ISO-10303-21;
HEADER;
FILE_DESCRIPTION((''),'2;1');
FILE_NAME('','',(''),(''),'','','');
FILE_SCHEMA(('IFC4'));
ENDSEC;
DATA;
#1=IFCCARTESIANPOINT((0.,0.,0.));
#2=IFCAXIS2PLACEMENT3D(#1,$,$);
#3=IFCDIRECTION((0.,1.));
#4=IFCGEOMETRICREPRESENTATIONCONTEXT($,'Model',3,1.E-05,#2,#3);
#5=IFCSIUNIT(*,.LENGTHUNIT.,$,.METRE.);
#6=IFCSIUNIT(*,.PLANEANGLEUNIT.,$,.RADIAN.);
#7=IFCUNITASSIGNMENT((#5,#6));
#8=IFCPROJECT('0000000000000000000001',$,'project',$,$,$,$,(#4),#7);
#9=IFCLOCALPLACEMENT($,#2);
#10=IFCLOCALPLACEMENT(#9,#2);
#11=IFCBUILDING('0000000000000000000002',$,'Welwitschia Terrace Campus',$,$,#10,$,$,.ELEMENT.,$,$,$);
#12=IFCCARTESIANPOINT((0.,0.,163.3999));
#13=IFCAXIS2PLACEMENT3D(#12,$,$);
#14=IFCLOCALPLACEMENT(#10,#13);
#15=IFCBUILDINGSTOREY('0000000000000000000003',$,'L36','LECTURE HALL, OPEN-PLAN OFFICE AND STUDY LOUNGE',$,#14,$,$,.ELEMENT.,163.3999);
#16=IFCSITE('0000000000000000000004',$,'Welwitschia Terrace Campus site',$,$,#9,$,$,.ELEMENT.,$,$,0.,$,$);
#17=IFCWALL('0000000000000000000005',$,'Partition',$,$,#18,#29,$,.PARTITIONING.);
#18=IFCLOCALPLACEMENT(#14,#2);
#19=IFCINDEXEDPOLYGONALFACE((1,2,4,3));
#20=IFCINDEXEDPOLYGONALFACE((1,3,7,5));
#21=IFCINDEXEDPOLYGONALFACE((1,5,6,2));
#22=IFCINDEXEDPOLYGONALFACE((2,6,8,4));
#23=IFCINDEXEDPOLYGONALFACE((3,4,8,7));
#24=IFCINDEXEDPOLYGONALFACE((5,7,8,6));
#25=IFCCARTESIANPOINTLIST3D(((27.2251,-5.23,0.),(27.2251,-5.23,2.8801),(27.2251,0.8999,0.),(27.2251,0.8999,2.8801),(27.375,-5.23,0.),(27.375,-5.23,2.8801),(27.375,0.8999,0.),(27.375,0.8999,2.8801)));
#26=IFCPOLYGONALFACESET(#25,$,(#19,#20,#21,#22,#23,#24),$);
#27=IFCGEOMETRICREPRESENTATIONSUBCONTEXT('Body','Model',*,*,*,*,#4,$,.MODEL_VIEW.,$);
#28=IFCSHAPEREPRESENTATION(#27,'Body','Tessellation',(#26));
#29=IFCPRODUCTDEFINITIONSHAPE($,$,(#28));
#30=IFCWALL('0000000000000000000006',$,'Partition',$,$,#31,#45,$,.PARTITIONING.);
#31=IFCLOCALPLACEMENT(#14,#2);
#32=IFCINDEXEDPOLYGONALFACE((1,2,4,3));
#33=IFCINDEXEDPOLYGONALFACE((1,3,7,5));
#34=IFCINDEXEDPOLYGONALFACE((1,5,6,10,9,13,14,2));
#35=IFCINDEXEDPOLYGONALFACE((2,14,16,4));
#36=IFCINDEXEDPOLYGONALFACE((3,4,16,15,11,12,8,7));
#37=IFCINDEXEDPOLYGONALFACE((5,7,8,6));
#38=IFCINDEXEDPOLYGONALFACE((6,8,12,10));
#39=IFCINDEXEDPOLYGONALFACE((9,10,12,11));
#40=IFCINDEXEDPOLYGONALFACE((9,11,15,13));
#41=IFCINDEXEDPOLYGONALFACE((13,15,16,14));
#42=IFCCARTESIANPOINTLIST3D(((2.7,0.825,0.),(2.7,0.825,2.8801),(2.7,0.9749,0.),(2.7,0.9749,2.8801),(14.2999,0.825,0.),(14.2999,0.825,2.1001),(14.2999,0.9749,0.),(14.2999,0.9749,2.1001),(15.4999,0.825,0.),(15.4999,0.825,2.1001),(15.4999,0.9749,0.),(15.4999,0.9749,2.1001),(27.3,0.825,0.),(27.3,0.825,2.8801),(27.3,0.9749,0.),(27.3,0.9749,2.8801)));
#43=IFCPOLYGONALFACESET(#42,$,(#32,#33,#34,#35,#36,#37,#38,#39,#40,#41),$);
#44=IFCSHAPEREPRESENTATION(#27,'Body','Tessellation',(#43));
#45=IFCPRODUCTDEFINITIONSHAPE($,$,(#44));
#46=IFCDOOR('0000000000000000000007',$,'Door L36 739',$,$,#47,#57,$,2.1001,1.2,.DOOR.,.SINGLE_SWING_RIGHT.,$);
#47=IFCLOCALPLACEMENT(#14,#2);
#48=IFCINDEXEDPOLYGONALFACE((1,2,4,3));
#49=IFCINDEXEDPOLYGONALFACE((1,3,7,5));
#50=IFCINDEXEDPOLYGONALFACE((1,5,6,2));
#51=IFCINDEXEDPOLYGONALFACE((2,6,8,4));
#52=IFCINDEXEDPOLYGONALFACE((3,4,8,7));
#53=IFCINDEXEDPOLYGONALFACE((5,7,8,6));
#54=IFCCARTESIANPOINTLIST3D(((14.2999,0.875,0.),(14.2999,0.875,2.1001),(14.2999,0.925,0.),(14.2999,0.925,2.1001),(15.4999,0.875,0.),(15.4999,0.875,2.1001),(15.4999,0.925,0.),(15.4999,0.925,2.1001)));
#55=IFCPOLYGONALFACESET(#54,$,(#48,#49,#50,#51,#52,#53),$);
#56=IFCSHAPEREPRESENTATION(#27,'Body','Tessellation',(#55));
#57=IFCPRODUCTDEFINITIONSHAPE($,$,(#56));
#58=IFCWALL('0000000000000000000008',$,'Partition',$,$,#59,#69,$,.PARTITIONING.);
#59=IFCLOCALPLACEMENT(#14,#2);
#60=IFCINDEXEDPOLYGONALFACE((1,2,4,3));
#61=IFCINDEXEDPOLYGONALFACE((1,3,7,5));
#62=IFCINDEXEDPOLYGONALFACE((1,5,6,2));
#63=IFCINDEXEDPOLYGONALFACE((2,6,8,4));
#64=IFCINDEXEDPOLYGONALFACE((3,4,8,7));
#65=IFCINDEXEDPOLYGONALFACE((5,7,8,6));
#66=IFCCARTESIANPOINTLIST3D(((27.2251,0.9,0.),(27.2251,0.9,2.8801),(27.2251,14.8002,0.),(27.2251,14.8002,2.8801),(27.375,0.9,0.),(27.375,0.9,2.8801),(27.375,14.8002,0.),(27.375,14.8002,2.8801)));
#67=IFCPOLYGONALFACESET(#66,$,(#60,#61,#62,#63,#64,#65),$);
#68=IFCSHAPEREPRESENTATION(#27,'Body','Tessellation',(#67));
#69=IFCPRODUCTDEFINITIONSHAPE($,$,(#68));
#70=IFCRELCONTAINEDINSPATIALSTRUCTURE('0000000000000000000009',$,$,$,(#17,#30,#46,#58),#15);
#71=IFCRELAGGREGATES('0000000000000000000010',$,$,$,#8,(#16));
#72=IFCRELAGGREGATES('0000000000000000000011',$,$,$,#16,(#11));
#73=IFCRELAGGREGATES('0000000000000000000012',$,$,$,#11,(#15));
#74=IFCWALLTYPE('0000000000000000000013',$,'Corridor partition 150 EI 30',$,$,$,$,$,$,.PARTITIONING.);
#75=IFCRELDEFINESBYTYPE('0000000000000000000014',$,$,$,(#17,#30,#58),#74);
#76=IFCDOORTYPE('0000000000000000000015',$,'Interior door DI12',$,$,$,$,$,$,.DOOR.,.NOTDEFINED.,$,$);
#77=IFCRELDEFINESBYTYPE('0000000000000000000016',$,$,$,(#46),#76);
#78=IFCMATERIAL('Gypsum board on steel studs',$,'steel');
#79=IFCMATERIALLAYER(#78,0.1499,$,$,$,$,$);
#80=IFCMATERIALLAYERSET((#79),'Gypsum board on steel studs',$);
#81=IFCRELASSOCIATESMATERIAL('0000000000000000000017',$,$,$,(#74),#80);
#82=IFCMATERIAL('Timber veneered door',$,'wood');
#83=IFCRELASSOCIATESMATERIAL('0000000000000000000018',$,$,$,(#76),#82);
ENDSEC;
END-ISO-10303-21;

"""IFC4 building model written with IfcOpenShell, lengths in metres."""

from ifc_helpers import new_model, si_unit, direction, frame, frame_2d, origin, place, context, subcontext, project, spatial, rectangle, extrude, material, layer, layer_set, type_object, element, fill, save


model = new_model("IFC4")

# Units and contexts
model_context = context("Model", 3, precision=1e-05, world=origin(), true_north=direction((0.0, 1.0)))
body_context = subcontext(model_context, "Body", "Model", "MODEL_VIEW")
ifc_project = project(units=[si_unit("LENGTHUNIT", "METRE"), si_unit("PLANEANGLEUNIT", "RADIAN")], contexts=[model_context])

# Site, building, storey
site_placement = place(None, origin())
site = spatial("IfcSite", under=ifc_project, at=site_placement, Name="Welwitschia Terrace Campus site", CompositionType="ELEMENT", RefElevation=0.0)
building_placement = place(site_placement, origin())
building = spatial("IfcBuilding", under=site, at=building_placement, Name="Welwitschia Terrace Campus", CompositionType="ELEMENT")
storey_placement = place(building_placement, frame((0.0, 0.0, 163.3999)))
storey = spatial("IfcBuildingStorey", under=building, at=storey_placement, Name="L36", Description="LECTURE HALL, OPEN-PLAN OFFICE AND STUDY LOUNGE", CompositionType="ELEMENT", Elevation=163.3999)

# Wall
ifc_material_1 = material(Name="Gypsum board on steel studs", Category="steel")
ifc_layer_1 = layer(ifc_material_1, 0.1499)
ifc_layer_set_1 = layer_set([ifc_layer_1], Name="Gypsum board on steel studs")
wall_type_1 = type_object("IfcWallType", Name="Corridor partition 150 EI 30", PredefinedType="PARTITIONING", material=ifc_layer_set_1)
wall_1_placement = place(storey_placement, frame((27.3, -5.23, 0.0), z_axis=(0.0, 0.0, 1.0), x_axis=(0.0, 1.0, 0.0)))
element("IfcWall", 1, at=wall_1_placement, inside=storey, type_object=wall_type_1, Name="Partition", PredefinedType="PARTITIONING", context=body_context, shape_type="SweptSolid", body=[
    extrude(rectangle(XDim=6.1299, YDim=0.1499, at=frame_2d((3.0649, 0.0))), origin(), (0.0, 0.0, 1.0), 2.8801),
])

# Wall, opening, door
wall_2_placement = place(storey_placement, frame((27.3, 0.8999, 0.0), z_axis=(0.0, 0.0, 1.0), x_axis=(-1.0, 0.0, 0.0)))
wall_2 = element("IfcWall", 2, at=wall_2_placement, inside=storey, type_object=wall_type_1, Name="Partition", PredefinedType="PARTITIONING", context=body_context, shape_type="SweptSolid", body=[
    extrude(rectangle(XDim=24.6001, YDim=0.1499, at=frame_2d((12.3, 0.0))), origin(), (0.0, 0.0, 1.0), 2.8801),
])
opening_1_placement = place(wall_2_placement, frame((11.8, 0.0, 0.0)))
opening_1 = element("IfcOpeningElement", 3, at=opening_1_placement, cuts=wall_2, PredefinedType="OPENING", context=body_context, shape_type="SweptSolid", body=[
    extrude(rectangle(XDim=1.2, YDim=2.1001, at=frame_2d((0.6001, 1.05))), frame((0.0, 0.085, 0.0), z_axis=(0.0, -1.0, 0.0), x_axis=(1.0, 0.0, 0.0)), (0.0, 0.0, 1.0), 0.1699),
])
ifc_material_2 = material(Name="Timber veneered door", Category="wood")
door_type_1 = type_object("IfcDoorType", Name="Interior door DI12", OperationType="NOTDEFINED", PredefinedType="DOOR", material=ifc_material_2)
door_1_placement = place(opening_1_placement, origin())
door_1 = element("IfcDoor", 4, at=door_1_placement, inside=storey, type_object=door_type_1, Name="Door L36 739", OperationType="SINGLE_SWING_RIGHT", OverallHeight=2.1001, OverallWidth=1.2, PredefinedType="DOOR", context=body_context, shape_type="SweptSolid", body=[
    extrude(rectangle(XDim=1.2, YDim=2.1001, at=frame_2d((0.6001, 1.05))), frame((0.0, 0.0249, 0.0), z_axis=(0.0, -1.0, 0.0), x_axis=(1.0, 0.0, 0.0)), (0.0, 0.0, 1.0), 0.05),
])
fill(opening_1, door_1)

# Wall
wall_3_placement = place(storey_placement, frame((27.3, 0.8999, 0.0), z_axis=(0.0, 0.0, 1.0), x_axis=(0.0, 1.0, 0.0)))
element("IfcWall", 5, at=wall_3_placement, inside=storey, type_object=wall_type_1, Name="Partition", PredefinedType="PARTITIONING", context=body_context, shape_type="SweptSolid", body=[
    extrude(rectangle(XDim=13.9001, YDim=0.1499, at=frame_2d((6.9502, 0.0))), origin(), (0.0, 0.0, 1.0), 2.8801),
])

save(model, "model.ifc")
